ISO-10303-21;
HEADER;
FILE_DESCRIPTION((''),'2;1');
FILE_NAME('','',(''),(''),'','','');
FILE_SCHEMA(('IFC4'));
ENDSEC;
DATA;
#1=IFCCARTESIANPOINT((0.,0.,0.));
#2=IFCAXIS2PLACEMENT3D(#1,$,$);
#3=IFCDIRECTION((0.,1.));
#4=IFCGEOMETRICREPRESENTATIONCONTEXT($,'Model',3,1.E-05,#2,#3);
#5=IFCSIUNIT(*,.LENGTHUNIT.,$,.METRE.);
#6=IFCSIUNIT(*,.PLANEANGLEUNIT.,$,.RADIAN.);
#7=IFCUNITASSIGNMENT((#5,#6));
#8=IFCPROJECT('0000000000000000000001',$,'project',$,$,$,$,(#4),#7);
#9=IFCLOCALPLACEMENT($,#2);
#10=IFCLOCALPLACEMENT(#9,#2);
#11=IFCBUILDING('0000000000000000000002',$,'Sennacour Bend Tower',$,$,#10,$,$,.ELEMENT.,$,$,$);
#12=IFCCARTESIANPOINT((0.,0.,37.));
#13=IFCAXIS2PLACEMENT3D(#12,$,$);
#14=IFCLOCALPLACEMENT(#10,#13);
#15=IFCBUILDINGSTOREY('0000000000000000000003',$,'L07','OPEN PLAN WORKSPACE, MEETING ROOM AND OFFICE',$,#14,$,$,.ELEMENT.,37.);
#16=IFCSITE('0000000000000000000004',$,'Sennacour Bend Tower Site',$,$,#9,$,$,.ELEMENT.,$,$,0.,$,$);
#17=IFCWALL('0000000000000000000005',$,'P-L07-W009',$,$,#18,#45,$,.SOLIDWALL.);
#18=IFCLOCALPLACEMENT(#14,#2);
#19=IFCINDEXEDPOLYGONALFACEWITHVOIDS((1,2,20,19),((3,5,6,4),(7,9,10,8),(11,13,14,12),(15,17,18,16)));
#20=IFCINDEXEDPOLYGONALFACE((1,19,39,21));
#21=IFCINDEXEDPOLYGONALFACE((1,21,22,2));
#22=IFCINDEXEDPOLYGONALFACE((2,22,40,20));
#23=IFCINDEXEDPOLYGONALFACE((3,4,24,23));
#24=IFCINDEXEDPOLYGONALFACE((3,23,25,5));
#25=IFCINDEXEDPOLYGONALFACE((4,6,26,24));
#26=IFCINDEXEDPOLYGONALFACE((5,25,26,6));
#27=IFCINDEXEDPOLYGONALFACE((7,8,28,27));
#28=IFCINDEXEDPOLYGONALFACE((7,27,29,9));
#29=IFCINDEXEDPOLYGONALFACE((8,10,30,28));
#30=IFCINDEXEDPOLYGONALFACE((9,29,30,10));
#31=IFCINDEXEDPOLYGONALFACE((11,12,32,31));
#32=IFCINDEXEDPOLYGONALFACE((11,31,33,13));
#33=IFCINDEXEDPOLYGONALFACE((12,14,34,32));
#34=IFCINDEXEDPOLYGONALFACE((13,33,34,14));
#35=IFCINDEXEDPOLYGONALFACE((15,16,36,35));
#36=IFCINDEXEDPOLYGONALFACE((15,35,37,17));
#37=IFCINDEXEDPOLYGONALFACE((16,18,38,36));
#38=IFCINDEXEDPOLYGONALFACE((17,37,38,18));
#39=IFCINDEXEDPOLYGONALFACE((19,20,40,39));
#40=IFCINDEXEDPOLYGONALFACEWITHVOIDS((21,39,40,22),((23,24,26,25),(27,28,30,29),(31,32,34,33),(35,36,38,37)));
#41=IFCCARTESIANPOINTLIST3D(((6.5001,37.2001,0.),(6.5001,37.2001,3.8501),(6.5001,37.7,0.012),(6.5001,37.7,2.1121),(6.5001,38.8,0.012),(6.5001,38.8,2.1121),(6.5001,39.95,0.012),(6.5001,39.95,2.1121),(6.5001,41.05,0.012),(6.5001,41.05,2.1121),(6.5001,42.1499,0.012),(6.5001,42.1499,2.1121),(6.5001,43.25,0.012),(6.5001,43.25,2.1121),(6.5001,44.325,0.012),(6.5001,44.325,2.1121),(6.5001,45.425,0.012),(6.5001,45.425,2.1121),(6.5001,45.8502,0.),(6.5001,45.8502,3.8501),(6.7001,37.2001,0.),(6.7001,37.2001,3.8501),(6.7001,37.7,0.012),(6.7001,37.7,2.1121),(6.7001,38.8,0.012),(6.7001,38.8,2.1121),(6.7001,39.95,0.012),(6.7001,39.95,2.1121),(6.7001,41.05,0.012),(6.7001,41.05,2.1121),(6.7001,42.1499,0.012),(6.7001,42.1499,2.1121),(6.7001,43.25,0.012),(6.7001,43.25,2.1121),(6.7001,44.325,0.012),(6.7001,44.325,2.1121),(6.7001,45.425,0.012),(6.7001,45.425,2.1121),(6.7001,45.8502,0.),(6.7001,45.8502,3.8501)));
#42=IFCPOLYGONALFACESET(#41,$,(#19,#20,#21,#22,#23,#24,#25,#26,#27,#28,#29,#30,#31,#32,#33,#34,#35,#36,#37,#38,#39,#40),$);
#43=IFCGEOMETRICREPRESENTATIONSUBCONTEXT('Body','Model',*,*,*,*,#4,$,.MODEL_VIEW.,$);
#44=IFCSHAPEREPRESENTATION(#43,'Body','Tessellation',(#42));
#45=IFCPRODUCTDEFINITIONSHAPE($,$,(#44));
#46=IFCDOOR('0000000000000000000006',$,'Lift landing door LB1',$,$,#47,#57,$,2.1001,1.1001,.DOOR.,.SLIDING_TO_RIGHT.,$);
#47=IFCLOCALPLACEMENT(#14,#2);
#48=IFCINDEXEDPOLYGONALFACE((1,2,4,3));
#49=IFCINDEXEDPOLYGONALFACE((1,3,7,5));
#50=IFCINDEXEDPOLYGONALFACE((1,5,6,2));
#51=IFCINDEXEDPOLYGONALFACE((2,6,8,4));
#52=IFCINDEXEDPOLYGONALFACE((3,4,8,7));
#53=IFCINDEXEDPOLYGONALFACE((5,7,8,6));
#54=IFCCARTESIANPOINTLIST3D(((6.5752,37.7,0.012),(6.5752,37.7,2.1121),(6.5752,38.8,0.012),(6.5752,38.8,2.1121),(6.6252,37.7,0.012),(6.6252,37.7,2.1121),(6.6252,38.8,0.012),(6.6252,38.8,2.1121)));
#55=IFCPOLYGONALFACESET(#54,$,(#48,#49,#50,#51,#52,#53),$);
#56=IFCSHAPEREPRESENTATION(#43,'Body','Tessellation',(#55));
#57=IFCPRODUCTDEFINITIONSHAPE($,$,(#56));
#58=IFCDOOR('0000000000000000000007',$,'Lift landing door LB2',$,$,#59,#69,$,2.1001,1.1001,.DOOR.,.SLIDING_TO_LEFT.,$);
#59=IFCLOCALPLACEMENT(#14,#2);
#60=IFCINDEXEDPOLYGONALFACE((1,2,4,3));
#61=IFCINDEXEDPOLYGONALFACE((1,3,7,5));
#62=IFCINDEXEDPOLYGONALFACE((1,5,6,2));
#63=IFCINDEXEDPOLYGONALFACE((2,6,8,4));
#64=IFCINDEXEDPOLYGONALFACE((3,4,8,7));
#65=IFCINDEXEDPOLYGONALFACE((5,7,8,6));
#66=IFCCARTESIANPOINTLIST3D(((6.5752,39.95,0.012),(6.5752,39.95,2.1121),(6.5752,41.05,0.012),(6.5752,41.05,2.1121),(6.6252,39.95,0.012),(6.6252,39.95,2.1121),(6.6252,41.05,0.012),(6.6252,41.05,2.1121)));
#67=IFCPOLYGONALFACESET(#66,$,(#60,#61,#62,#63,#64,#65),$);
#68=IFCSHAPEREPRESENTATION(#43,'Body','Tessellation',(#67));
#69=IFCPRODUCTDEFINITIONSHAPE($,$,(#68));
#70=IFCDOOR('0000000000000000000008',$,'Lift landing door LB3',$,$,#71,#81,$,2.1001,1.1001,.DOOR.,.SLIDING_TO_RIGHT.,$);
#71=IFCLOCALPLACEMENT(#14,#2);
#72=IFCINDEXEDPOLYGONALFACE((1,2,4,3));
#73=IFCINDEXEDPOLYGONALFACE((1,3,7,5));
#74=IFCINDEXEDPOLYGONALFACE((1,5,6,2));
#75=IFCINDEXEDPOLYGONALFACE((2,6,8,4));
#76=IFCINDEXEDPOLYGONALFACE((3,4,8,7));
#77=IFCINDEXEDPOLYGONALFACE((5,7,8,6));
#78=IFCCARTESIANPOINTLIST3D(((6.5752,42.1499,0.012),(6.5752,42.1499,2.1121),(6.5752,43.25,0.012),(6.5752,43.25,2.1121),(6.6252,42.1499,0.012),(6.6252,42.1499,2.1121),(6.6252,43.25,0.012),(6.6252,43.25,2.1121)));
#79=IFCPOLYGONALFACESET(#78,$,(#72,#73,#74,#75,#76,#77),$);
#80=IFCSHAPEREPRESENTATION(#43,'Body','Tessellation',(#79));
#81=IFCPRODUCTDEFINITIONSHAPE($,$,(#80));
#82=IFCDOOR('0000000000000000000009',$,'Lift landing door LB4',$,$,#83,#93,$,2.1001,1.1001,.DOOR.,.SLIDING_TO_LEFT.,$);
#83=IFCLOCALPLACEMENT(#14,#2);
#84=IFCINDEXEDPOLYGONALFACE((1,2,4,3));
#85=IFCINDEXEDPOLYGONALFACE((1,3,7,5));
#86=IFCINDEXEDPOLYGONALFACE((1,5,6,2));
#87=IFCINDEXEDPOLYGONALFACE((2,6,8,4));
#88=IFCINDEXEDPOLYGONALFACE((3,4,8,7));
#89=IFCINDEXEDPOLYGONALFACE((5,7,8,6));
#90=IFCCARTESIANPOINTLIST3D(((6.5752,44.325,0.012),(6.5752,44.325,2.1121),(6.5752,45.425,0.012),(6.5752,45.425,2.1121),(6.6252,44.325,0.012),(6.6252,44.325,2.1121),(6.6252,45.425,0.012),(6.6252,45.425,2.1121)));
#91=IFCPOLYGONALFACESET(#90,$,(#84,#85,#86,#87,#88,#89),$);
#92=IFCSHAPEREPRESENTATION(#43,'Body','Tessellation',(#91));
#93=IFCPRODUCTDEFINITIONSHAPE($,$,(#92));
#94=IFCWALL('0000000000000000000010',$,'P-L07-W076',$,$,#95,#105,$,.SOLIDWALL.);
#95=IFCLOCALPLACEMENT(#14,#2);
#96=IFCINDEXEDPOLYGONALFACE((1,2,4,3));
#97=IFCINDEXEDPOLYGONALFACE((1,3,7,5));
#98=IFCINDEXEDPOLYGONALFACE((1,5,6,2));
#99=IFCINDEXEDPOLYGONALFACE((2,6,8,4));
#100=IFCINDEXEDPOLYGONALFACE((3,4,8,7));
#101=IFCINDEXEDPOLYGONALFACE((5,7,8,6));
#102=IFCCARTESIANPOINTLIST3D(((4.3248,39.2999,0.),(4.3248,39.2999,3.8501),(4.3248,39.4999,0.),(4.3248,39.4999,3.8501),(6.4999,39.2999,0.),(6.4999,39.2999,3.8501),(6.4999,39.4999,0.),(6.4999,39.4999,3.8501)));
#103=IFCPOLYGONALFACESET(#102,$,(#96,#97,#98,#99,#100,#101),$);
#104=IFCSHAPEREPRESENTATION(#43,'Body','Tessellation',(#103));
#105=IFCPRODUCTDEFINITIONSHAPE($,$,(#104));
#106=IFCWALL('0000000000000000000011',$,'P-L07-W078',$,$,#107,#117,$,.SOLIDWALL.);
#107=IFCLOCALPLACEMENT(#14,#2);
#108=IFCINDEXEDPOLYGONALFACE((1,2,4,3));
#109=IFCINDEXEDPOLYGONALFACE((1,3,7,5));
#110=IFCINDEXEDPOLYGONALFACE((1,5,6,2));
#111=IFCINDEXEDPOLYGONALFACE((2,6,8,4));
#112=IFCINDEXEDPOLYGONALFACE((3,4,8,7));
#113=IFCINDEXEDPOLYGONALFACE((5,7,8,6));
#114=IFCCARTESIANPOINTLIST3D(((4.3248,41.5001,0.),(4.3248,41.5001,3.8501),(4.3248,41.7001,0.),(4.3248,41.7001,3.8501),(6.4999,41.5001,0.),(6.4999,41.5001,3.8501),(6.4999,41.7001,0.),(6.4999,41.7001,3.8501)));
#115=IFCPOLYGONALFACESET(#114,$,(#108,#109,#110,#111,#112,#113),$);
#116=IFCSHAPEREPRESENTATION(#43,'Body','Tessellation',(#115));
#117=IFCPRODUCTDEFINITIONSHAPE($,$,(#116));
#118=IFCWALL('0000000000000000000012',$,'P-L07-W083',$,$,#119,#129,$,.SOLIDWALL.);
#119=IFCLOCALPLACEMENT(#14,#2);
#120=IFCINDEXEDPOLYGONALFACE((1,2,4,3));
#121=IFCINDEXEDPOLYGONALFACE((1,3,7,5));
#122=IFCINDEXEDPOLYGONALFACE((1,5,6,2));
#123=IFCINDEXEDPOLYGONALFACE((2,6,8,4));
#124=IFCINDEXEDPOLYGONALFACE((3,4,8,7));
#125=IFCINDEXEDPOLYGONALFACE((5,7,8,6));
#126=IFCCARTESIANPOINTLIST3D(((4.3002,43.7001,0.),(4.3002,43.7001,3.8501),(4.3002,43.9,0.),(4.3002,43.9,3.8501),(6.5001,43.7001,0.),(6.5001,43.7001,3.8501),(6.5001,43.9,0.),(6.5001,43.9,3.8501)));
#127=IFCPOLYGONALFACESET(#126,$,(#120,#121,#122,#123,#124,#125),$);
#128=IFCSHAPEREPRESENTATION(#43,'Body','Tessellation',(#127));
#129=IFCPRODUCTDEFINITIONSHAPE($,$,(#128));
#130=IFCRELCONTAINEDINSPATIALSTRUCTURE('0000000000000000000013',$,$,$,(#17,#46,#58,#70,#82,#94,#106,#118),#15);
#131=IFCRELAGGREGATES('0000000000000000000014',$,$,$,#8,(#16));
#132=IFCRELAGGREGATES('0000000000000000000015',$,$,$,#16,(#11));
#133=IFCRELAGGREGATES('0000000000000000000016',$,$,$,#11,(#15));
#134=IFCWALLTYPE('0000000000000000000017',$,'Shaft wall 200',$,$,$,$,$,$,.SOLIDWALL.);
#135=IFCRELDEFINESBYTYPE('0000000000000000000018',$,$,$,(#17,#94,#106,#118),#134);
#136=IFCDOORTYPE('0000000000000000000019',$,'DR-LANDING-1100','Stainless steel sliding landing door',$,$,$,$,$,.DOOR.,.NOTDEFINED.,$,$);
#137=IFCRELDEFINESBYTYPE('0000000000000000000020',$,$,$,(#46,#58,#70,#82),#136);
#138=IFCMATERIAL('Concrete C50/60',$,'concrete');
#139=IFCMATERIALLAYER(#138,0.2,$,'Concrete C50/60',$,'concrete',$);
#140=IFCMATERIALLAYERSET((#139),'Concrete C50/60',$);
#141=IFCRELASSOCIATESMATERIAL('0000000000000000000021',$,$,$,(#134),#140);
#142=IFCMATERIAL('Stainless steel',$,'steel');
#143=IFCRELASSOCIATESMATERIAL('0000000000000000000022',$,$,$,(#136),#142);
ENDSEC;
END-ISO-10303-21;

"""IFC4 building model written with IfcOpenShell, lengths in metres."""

from ifc_helpers import new_model, si_unit, direction, frame, frame_2d, origin, place, context, subcontext, project, spatial, rectangle, extrude, material, layer, layer_set, type_object, element, fill, save


model = new_model("IFC4")

# Units and contexts
model_context = context("Model", 3, precision=1e-05, world=origin(), true_north=direction((0.0, 1.0)))
body_context = subcontext(model_context, "Body", "Model", "MODEL_VIEW")
ifc_project = project(units=[si_unit("LENGTHUNIT", "METRE"), si_unit("PLANEANGLEUNIT", "RADIAN")], contexts=[model_context])

# Site, building, storey
site_placement = place(None, origin())
site = spatial("IfcSite", under=ifc_project, at=site_placement, Name="Sennacour Bend Tower Site", CompositionType="ELEMENT", RefElevation=0.0)
building_placement = place(site_placement, origin())
building = spatial("IfcBuilding", under=site, at=building_placement, Name="Sennacour Bend Tower", CompositionType="ELEMENT")
storey_placement = place(building_placement, frame((0.0, 0.0, 37.0)))
storey = spatial("IfcBuildingStorey", under=building, at=storey_placement, Name="L07", Description="OPEN PLAN WORKSPACE, MEETING ROOM AND OFFICE", CompositionType="ELEMENT", Elevation=37.0)

# Shared definitions
ifc_material_1 = material(Name="Concrete C50/60", Category="concrete")
ifc_layer_1 = layer(ifc_material_1, 0.2, Name="Concrete C50/60", Category="concrete")
ifc_layer_set_1 = layer_set([ifc_layer_1], Name="Concrete C50/60")
wall_type_1 = type_object("IfcWallType", Name="Shaft wall 200", PredefinedType="SOLIDWALL", material=ifc_layer_set_1)

# Wall, openings, doors
wall_1_placement = place(storey_placement, frame((6.6001, 37.2, 0.0), z_axis=(0.0, 0.0, 1.0), x_axis=(0.0, 1.0, 0.0)))
wall_1 = element("IfcWall", 1, at=wall_1_placement, inside=storey, type_object=wall_type_1, Name="P-L07-W009", PredefinedType="SOLIDWALL", context=body_context, shape_type="SweptSolid", body=[
    extrude(rectangle(XDim=8.6501, YDim=0.2, at=frame_2d((4.3252, 0.0))), origin(), (0.0, 0.0, 1.0), 3.8501),
])
opening_1_placement = place(wall_1_placement, frame((0.5, 0.0, 0.012)))
opening_1 = element("IfcOpeningElement", 2, at=opening_1_placement, cuts=wall_1, PredefinedType="OPENING", context=body_context, shape_type="SweptSolid", body=[
    extrude(rectangle(XDim=1.1001, YDim=2.1001, at=frame_2d((0.55, 1.05))), frame((0.0, 0.1099, 0.0), z_axis=(0.0, -1.0, 0.0), x_axis=(1.0, 0.0, 0.0)), (0.0, 0.0, 1.0), 0.22),
])
opening_2_placement = place(wall_1_placement, frame((2.75, 0.0, 0.012)))
opening_2 = element("IfcOpeningElement", 3, at=opening_2_placement, cuts=wall_1, PredefinedType="OPENING", context=body_context, shape_type="SweptSolid", body=[
    extrude(rectangle(XDim=1.1001, YDim=2.1001, at=frame_2d((0.55, 1.05))), frame((0.0, 0.1099, 0.0), z_axis=(0.0, -1.0, 0.0), x_axis=(1.0, 0.0, 0.0)), (0.0, 0.0, 1.0), 0.22),
])
opening_3_placement = place(wall_1_placement, frame((4.95, 0.0, 0.012)))
opening_3 = element("IfcOpeningElement", 4, at=opening_3_placement, cuts=wall_1, PredefinedType="OPENING", context=body_context, shape_type="SweptSolid", body=[
    extrude(rectangle(XDim=1.1001, YDim=2.1001, at=frame_2d((0.55, 1.05))), frame((0.0, 0.1099, 0.0), z_axis=(0.0, -1.0, 0.0), x_axis=(1.0, 0.0, 0.0)), (0.0, 0.0, 1.0), 0.22),
])
opening_4_placement = place(wall_1_placement, frame((7.125, 0.0, 0.012)))
opening_4 = element("IfcOpeningElement", 5, at=opening_4_placement, cuts=wall_1, PredefinedType="OPENING", context=body_context, shape_type="SweptSolid", body=[
    extrude(rectangle(XDim=1.1001, YDim=2.1001, at=frame_2d((0.55, 1.05))), frame((0.0, 0.1099, 0.0), z_axis=(0.0, -1.0, 0.0), x_axis=(1.0, 0.0, 0.0)), (0.0, 0.0, 1.0), 0.22),
])
ifc_material_2 = material(Name="Stainless steel", Category="steel")
door_type_1 = type_object("IfcDoorType", Name="DR-LANDING-1100", Description="Stainless steel sliding landing door", OperationType="NOTDEFINED", PredefinedType="DOOR", material=ifc_material_2)
door_1_placement = place(opening_1_placement, origin())
door_1 = element("IfcDoor", 6, at=door_1_placement, inside=storey, type_object=door_type_1, Name="Lift landing door LB1", OperationType="SLIDING_TO_RIGHT", OverallHeight=2.1001, OverallWidth=1.1001, PredefinedType="DOOR", context=body_context, shape_type="SweptSolid", body=[
    extrude(rectangle(XDim=1.1001, YDim=2.1001, at=frame_2d((0.55, 1.05))), frame((0.0, 0.0249, 0.0), z_axis=(0.0, -1.0, 0.0), x_axis=(1.0, 0.0, 0.0)), (0.0, 0.0, 1.0), 0.05),
])
fill(opening_1, door_1)
door_2_placement = place(opening_2_placement, origin())
door_2 = element("IfcDoor", 7, at=door_2_placement, inside=storey, type_object=door_type_1, Name="Lift landing door LB2", OperationType="SLIDING_TO_LEFT", OverallHeight=2.1001, OverallWidth=1.1001, PredefinedType="DOOR", context=body_context, shape_type="SweptSolid", body=[
    extrude(rectangle(XDim=1.1001, YDim=2.1001, at=frame_2d((0.55, 1.05))), frame((0.0, 0.0249, 0.0), z_axis=(0.0, -1.0, 0.0), x_axis=(1.0, 0.0, 0.0)), (0.0, 0.0, 1.0), 0.05),
])
fill(opening_2, door_2)
door_3_placement = place(opening_3_placement, origin())
door_3 = element("IfcDoor", 8, at=door_3_placement, inside=storey, type_object=door_type_1, Name="Lift landing door LB3", OperationType="SLIDING_TO_RIGHT", OverallHeight=2.1001, OverallWidth=1.1001, PredefinedType="DOOR", context=body_context, shape_type="SweptSolid", body=[
    extrude(rectangle(XDim=1.1001, YDim=2.1001, at=frame_2d((0.55, 1.05))), frame((0.0, 0.0249, 0.0), z_axis=(0.0, -1.0, 0.0), x_axis=(1.0, 0.0, 0.0)), (0.0, 0.0, 1.0), 0.05),
])
fill(opening_3, door_3)
door_4_placement = place(opening_4_placement, origin())
door_4 = element("IfcDoor", 9, at=door_4_placement, inside=storey, type_object=door_type_1, Name="Lift landing door LB4", OperationType="SLIDING_TO_LEFT", OverallHeight=2.1001, OverallWidth=1.1001, PredefinedType="DOOR", context=body_context, shape_type="SweptSolid", body=[
    extrude(rectangle(XDim=1.1001, YDim=2.1001, at=frame_2d((0.55, 1.05))), frame((0.0, 0.0249, 0.0), z_axis=(0.0, -1.0, 0.0), x_axis=(1.0, 0.0, 0.0)), (0.0, 0.0, 1.0), 0.05),
])
fill(opening_4, door_4)

# Walls
for number, where, z_axis, x_axis, name in (
    (10, (4.325, 39.3999, 0.0), (0.0, 0.0, 1.0), (1.0, 0.0, 0.0), "P-L07-W076"),
    (11, (4.325, 41.6001, 0.0), (0.0, 0.0, 1.0), (1.0, 0.0, 0.0), "P-L07-W078"),
):
    element("IfcWall", number, at=place(storey_placement, frame(where, z_axis=z_axis, x_axis=x_axis)), inside=storey, type_object=wall_type_1, Name=name, PredefinedType="SOLIDWALL", context=body_context, shape_type="SweptSolid", body=[
        extrude(rectangle(XDim=2.175, YDim=0.2, at=frame_2d((1.0874, 0.0))), origin(), (0.0, 0.0, 1.0), 3.8501),
    ])
wall_2_placement = place(storey_placement, frame((4.3, 43.8, 0.0), z_axis=(0.0, 0.0, 1.0), x_axis=(1.0, 0.0, 0.0)))
element("IfcWall", 12, at=wall_2_placement, inside=storey, type_object=wall_type_1, Name="P-L07-W083", PredefinedType="SOLIDWALL", context=body_context, shape_type="SweptSolid", body=[
    extrude(rectangle(XDim=2.2, YDim=0.2, at=frame_2d((1.1001, 0.0))), origin(), (0.0, 0.0, 1.0), 3.8501),
])

save(model, "model.ifc")
